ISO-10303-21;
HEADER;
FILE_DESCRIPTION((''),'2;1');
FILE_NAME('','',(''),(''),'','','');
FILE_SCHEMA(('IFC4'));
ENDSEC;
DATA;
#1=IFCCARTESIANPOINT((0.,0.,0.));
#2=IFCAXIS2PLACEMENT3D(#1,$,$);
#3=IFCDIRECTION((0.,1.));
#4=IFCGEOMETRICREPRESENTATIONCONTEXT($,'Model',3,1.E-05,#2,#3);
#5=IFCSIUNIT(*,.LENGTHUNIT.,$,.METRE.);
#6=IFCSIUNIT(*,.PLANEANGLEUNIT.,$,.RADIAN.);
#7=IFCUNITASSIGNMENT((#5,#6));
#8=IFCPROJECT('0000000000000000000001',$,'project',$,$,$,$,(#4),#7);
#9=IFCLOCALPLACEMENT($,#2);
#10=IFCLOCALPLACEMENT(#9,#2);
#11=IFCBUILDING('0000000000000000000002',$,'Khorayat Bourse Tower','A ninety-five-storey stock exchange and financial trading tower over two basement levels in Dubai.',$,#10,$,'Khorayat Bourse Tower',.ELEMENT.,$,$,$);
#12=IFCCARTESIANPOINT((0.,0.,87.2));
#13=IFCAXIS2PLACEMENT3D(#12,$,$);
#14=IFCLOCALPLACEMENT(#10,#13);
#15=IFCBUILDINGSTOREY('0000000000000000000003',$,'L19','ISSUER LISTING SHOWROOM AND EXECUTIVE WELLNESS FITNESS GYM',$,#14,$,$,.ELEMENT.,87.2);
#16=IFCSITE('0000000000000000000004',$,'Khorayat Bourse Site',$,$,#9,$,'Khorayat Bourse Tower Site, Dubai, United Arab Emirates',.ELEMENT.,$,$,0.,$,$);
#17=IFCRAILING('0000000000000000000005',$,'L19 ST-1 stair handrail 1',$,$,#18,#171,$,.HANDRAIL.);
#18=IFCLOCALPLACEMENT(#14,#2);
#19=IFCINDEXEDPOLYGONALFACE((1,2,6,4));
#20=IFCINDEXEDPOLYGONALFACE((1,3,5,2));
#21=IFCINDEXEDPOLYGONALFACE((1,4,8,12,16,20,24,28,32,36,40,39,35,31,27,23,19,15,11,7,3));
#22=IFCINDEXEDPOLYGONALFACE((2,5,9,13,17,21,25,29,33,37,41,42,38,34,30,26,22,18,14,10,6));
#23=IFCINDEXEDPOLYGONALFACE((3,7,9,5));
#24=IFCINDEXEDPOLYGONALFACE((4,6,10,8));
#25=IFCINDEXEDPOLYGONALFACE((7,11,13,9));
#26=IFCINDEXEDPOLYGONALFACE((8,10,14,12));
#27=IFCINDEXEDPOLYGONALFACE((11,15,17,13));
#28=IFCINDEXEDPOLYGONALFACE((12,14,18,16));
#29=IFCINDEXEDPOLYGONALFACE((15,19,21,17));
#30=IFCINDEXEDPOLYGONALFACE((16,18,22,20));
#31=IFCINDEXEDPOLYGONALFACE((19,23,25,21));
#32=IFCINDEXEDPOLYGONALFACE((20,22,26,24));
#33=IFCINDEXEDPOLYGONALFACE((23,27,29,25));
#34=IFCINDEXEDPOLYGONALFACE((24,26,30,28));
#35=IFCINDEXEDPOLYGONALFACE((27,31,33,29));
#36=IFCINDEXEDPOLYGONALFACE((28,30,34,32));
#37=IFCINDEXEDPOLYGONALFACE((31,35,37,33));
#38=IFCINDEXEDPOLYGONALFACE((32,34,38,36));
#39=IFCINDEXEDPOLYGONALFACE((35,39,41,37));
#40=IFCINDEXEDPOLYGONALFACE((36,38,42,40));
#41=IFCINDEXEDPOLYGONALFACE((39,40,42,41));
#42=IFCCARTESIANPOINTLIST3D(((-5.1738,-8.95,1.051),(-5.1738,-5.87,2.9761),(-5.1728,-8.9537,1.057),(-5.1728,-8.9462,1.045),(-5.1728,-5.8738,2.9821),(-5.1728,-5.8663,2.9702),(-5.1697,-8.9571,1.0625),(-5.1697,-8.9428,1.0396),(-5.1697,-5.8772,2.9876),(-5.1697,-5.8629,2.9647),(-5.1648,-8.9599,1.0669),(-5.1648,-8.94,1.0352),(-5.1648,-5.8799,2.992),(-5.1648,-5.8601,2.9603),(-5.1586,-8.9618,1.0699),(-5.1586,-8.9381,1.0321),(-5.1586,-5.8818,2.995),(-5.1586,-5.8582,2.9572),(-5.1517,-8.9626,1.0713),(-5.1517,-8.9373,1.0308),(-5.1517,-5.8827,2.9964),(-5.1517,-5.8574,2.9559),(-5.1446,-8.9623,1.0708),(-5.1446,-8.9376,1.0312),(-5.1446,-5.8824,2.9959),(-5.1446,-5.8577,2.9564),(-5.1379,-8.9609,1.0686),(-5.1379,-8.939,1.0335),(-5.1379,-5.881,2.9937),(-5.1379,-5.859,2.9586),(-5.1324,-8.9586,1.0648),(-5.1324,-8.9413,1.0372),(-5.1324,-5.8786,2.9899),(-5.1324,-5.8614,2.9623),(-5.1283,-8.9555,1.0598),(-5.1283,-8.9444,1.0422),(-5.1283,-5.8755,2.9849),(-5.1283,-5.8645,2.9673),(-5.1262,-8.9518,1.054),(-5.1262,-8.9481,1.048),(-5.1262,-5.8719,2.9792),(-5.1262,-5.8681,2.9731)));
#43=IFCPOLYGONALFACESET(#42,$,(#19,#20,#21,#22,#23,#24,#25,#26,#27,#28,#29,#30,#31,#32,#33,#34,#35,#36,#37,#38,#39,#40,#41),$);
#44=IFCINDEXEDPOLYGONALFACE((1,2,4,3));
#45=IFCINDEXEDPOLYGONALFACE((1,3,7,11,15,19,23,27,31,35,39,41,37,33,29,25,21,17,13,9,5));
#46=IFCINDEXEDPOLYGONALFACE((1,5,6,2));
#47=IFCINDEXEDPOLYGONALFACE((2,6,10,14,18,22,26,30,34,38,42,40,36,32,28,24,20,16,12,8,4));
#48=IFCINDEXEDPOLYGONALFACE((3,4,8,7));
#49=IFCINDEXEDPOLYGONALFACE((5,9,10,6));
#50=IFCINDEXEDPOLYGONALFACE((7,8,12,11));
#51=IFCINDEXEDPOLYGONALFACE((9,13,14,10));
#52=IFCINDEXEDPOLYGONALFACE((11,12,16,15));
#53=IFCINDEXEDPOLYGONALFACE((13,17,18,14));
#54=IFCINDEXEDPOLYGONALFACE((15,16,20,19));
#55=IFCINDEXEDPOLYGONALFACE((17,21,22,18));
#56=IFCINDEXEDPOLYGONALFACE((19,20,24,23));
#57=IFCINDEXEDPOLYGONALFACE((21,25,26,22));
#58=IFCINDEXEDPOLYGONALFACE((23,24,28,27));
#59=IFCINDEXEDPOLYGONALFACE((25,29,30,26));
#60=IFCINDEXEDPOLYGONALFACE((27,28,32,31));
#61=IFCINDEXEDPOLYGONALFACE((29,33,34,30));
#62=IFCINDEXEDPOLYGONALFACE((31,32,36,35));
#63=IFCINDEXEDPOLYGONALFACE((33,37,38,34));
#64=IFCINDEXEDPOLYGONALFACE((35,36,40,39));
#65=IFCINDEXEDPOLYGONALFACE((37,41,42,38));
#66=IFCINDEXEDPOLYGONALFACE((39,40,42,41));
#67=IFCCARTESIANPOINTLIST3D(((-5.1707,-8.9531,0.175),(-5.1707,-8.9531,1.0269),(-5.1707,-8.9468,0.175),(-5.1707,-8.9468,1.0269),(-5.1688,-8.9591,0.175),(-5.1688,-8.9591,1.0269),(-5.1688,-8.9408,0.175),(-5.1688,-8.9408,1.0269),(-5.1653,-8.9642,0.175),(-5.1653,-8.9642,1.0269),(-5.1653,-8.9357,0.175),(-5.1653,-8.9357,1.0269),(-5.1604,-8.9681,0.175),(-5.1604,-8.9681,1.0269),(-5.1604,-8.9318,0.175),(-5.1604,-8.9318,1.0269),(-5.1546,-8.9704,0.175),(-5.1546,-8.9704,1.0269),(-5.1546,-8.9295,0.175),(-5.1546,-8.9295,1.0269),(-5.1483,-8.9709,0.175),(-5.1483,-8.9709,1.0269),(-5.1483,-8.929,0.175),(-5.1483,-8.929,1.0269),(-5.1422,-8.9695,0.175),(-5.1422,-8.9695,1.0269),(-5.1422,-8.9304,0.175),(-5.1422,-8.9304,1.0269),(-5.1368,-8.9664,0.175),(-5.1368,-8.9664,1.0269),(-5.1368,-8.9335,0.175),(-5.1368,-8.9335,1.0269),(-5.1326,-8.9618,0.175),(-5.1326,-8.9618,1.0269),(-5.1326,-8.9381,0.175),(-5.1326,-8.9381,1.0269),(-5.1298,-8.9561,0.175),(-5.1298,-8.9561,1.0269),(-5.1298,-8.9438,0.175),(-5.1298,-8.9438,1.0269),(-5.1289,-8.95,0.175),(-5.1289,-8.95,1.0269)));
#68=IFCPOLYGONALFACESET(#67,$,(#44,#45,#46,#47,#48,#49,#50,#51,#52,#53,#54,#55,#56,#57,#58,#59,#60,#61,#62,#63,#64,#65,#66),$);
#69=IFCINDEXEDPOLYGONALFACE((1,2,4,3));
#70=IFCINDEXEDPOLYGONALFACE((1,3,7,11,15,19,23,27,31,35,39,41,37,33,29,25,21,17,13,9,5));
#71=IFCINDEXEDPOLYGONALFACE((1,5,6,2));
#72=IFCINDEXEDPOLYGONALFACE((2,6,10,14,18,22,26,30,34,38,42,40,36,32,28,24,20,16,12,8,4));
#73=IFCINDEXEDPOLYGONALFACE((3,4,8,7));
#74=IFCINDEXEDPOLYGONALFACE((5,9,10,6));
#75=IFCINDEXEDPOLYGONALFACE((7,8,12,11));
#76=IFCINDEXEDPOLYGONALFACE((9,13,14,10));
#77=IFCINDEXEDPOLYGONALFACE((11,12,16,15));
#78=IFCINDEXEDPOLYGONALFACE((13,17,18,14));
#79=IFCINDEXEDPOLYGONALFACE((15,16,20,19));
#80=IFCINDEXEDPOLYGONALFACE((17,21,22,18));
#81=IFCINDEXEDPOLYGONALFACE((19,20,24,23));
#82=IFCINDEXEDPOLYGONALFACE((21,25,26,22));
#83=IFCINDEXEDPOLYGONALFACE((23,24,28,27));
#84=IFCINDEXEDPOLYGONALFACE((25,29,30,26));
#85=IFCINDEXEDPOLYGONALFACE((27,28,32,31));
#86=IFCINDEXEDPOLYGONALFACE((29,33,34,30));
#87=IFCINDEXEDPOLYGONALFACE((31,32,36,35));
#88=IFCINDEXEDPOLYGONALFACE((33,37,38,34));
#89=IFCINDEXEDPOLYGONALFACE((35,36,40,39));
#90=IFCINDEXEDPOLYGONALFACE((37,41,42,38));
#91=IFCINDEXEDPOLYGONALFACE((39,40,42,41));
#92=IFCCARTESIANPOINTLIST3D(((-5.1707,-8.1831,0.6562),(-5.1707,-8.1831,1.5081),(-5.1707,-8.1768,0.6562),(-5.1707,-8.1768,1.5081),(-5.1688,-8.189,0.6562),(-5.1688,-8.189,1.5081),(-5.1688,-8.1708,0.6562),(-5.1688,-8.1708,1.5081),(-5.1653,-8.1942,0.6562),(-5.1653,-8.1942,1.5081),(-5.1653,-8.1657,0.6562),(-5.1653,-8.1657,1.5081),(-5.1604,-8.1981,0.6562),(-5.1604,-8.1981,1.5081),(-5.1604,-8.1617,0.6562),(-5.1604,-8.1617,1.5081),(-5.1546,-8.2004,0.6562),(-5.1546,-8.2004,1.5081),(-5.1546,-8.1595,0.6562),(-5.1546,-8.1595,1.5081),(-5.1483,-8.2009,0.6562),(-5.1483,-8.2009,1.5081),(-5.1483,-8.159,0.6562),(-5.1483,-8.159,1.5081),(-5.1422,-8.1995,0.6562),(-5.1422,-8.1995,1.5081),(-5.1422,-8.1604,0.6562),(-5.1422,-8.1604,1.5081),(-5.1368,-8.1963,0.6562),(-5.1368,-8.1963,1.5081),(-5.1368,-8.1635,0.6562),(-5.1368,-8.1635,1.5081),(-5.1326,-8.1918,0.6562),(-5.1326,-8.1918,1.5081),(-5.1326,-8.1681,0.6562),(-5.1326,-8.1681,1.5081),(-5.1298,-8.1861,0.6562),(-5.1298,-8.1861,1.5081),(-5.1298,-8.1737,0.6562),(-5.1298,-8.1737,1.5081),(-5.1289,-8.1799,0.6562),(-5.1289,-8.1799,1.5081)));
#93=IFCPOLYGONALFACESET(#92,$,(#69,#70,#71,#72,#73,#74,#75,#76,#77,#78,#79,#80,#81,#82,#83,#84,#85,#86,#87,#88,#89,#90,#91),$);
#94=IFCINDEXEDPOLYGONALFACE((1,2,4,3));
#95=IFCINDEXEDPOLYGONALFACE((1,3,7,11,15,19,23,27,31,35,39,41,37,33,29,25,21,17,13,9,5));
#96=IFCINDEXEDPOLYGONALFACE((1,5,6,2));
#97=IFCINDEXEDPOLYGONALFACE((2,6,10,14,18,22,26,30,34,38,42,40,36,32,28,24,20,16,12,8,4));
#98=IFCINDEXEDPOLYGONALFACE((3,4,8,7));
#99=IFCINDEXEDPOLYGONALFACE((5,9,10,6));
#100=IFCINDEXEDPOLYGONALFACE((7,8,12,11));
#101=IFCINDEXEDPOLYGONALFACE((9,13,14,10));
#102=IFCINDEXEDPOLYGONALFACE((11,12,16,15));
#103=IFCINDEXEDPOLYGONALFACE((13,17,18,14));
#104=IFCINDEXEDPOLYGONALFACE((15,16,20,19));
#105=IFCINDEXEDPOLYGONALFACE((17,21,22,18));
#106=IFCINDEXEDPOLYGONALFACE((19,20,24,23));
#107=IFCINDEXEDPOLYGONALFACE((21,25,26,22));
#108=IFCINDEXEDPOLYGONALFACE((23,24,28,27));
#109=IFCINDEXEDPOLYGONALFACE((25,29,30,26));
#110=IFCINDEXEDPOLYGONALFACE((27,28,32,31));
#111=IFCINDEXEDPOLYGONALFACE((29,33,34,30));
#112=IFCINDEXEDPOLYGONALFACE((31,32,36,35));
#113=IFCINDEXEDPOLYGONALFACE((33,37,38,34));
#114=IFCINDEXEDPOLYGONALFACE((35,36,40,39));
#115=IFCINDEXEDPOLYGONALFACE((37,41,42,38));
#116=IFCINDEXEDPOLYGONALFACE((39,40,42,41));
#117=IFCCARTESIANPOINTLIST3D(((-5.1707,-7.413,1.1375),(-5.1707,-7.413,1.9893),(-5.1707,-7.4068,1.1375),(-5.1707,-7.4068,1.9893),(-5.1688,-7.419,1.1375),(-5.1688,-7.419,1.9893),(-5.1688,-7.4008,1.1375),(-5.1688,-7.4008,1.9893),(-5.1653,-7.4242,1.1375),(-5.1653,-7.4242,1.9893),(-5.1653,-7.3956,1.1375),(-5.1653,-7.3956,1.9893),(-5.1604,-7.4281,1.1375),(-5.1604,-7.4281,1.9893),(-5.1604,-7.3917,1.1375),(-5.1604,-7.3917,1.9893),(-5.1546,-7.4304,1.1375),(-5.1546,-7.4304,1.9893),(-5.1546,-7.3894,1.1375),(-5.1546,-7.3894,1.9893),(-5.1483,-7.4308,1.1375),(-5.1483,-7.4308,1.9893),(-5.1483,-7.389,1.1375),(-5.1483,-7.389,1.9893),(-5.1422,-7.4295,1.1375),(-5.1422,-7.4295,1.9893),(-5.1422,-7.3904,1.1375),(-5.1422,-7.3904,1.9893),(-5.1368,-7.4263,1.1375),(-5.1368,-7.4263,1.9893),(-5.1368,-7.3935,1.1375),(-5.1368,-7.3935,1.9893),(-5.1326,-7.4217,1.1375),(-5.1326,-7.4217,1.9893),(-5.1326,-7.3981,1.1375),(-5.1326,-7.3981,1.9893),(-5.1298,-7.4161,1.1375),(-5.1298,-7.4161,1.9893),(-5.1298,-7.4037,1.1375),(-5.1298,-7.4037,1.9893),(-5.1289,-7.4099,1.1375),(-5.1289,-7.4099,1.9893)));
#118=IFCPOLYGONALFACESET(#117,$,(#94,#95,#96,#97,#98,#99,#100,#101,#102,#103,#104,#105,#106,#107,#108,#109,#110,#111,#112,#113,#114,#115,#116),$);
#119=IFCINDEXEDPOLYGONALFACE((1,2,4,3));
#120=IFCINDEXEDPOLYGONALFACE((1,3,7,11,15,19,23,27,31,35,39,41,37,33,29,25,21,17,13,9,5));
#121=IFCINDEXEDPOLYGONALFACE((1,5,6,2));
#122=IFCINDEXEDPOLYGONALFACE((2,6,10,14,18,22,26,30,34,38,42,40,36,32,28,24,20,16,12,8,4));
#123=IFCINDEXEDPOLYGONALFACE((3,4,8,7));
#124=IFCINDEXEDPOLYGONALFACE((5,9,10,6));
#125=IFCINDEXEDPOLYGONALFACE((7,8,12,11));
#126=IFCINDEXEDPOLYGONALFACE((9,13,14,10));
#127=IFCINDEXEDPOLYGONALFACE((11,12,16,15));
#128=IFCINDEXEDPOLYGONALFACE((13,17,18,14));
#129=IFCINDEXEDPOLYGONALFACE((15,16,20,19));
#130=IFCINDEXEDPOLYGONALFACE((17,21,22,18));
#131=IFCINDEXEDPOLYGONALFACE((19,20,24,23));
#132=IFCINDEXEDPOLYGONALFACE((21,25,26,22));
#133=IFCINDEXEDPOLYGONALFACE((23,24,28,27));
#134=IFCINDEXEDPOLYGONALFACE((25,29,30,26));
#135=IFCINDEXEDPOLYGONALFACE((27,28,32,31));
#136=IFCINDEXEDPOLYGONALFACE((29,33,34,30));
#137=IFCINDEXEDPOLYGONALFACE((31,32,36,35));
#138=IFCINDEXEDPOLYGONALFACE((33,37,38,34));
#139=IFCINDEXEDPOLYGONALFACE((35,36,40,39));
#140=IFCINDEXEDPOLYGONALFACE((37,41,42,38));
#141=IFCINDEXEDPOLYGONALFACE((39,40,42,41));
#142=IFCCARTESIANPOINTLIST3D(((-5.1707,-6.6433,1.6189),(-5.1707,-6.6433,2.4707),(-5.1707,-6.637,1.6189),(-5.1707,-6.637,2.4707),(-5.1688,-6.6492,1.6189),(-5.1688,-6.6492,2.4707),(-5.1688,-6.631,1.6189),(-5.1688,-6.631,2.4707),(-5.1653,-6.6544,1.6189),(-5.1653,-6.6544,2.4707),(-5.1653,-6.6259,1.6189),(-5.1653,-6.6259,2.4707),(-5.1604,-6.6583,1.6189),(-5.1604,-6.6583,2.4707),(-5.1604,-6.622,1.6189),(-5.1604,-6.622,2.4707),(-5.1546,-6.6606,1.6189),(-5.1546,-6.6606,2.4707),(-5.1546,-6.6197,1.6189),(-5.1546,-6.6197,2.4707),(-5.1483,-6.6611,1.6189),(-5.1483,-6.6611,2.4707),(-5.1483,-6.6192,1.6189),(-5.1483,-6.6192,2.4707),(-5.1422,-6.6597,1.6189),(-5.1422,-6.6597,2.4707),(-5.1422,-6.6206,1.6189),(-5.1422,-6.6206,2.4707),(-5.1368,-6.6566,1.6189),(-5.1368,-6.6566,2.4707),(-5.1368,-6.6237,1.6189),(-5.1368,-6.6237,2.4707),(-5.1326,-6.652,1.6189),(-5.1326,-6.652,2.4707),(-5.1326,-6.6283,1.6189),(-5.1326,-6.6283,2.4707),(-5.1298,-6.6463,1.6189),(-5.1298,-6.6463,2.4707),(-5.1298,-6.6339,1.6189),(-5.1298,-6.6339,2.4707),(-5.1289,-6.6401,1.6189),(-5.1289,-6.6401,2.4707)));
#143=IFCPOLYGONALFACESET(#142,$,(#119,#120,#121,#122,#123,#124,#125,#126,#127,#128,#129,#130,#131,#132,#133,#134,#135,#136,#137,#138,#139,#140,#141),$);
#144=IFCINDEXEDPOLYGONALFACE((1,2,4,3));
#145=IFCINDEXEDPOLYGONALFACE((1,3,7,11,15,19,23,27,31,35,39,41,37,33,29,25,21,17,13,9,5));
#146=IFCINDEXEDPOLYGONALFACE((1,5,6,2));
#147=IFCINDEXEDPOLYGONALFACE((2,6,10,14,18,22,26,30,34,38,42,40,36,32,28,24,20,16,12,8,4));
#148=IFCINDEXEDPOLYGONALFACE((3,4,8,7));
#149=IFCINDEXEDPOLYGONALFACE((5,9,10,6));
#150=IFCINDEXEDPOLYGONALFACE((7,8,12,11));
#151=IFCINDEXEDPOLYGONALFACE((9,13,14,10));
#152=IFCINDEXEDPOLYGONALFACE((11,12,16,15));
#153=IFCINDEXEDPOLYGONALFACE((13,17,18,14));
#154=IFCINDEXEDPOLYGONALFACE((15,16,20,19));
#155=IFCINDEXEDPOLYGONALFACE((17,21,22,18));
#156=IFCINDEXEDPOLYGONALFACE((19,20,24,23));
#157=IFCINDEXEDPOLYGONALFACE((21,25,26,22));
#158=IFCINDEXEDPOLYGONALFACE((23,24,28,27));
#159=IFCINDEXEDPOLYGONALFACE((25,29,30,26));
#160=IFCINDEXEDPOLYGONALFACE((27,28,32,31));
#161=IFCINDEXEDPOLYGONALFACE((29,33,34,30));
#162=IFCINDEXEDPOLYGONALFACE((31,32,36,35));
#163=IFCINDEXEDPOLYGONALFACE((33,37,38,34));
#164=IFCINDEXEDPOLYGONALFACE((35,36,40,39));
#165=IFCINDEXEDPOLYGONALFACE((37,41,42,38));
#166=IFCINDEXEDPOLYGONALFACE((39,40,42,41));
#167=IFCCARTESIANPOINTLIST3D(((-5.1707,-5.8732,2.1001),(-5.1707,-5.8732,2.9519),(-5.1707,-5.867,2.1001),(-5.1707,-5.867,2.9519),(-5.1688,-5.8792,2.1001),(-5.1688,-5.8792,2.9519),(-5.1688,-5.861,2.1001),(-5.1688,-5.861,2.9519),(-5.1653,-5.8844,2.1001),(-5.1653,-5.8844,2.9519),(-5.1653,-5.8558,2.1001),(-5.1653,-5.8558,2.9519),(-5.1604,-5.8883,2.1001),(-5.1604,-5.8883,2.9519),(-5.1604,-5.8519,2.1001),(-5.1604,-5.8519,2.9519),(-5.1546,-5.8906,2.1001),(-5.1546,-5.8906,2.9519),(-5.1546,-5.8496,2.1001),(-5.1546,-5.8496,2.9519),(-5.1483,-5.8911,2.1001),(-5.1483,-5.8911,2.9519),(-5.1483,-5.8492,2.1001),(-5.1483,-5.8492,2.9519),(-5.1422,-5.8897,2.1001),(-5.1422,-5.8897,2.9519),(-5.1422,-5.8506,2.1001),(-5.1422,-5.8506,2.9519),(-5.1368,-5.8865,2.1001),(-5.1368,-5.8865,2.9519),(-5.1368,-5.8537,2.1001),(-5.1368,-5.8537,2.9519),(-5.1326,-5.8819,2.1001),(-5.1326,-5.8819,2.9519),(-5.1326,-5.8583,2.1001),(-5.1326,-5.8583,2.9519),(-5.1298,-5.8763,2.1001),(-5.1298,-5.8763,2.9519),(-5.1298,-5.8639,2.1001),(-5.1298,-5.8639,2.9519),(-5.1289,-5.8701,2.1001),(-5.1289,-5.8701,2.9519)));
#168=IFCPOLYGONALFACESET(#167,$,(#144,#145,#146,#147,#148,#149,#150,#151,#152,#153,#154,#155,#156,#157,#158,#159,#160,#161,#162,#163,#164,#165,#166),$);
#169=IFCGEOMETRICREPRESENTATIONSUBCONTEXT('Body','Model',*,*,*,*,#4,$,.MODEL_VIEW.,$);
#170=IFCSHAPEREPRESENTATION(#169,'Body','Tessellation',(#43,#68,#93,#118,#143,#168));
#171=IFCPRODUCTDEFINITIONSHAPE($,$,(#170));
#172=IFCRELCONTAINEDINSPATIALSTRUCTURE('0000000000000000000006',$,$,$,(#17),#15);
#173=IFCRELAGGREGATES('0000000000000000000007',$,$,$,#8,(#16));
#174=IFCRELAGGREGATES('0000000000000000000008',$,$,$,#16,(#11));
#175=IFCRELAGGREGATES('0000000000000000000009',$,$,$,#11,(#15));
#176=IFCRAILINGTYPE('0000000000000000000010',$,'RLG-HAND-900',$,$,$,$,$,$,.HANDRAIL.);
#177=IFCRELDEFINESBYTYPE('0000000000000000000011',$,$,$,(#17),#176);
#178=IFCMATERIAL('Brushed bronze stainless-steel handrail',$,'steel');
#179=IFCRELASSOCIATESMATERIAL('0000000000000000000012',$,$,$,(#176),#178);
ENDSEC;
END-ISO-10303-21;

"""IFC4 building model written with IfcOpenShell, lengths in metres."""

from ifc_helpers import new_model, si_unit, direction, frame, origin, origin_2d, place, context, subcontext, project, spatial, circle, extrude, source, transform, mapped, material, type_object, element, save


model = new_model("IFC4")

# Units and contexts
model_context = context("Model", 3, precision=1e-05, world=origin(), true_north=direction((0.0, 1.0)))
body_context = subcontext(model_context, "Body", "Model", "MODEL_VIEW")
ifc_project = project(units=[si_unit("LENGTHUNIT", "METRE"), si_unit("PLANEANGLEUNIT", "RADIAN")], contexts=[model_context])

# Site, building, storey
site_placement = place(None, origin())
site = spatial("IfcSite", under=ifc_project, at=site_placement, Name="Khorayat Bourse Site", LongName="Khorayat Bourse Tower Site, Dubai, United Arab Emirates", CompositionType="ELEMENT", RefElevation=0.0)
building_placement = place(site_placement, origin())
building = spatial("IfcBuilding", under=site, at=building_placement, Name="Khorayat Bourse Tower", Description="A ninety-five-storey stock exchange and financial trading tower over two basement levels in Dubai.", LongName="Khorayat Bourse Tower", CompositionType="ELEMENT")
storey_placement = place(building_placement, frame((0.0, 0.0, 87.2)))
storey = spatial("IfcBuildingStorey", under=building, at=storey_placement, Name="L19", Description="ISSUER LISTING SHOWROOM AND EXECUTIVE WELLNESS FITNESS GYM", CompositionType="ELEMENT", Elevation=87.2)

# Railing
ifc_material_1 = material(Name="Brushed bronze stainless-steel handrail", Category="steel")
railing_type_1 = type_object("IfcRailingType", Name="RLG-HAND-900", PredefinedType="HANDRAIL", material=ifc_material_1)
shared_shape_1 = source(origin(), body_context, "Body", "SweptSolid", [
    extrude(circle(Radius=0.0239, at=origin_2d()), frame((0.0, 0.0, 0.876), z_axis=(0.0, 0.847979, 0.530029), x_axis=(-1.0, 0.0, 0.0)), (0.0, 0.0, 1.0), 3.6321),
    extrude(circle(Radius=0.021, at=origin_2d()), origin(), (0.0, 0.0, 1.0), 0.8518),
    extrude(circle(Radius=0.021, at=origin_2d()), frame((0.0, 0.77, 0.4812)), (0.0, 0.0, 1.0), 0.8518),
    extrude(circle(Radius=0.021, at=origin_2d()), frame((0.0, 1.54, 0.9624)), (0.0, 0.0, 1.0), 0.8518),
    extrude(circle(Radius=0.021, at=origin_2d()), frame((0.0, 2.3098, 1.4438)), (0.0, 0.0, 1.0), 0.8518),
    extrude(circle(Radius=0.021, at=origin_2d()), frame((0.0, 3.0798, 1.925)), (0.0, 0.0, 1.0), 0.8518),
])
railing_1_placement = place(storey_placement, frame((-5.1499, -8.95, 0.175)))
element("IfcRailing", 1, at=railing_1_placement, inside=storey, type_object=railing_type_1, Name="L19 ST-1 stair handrail 1", PredefinedType="HANDRAIL", context=body_context, shape_type="MappedRepresentation", body=[
    mapped(shared_shape_1, transform((0.0, 0.0, 0.0), scale=1.0)),
])

save(model, "model.ifc")
